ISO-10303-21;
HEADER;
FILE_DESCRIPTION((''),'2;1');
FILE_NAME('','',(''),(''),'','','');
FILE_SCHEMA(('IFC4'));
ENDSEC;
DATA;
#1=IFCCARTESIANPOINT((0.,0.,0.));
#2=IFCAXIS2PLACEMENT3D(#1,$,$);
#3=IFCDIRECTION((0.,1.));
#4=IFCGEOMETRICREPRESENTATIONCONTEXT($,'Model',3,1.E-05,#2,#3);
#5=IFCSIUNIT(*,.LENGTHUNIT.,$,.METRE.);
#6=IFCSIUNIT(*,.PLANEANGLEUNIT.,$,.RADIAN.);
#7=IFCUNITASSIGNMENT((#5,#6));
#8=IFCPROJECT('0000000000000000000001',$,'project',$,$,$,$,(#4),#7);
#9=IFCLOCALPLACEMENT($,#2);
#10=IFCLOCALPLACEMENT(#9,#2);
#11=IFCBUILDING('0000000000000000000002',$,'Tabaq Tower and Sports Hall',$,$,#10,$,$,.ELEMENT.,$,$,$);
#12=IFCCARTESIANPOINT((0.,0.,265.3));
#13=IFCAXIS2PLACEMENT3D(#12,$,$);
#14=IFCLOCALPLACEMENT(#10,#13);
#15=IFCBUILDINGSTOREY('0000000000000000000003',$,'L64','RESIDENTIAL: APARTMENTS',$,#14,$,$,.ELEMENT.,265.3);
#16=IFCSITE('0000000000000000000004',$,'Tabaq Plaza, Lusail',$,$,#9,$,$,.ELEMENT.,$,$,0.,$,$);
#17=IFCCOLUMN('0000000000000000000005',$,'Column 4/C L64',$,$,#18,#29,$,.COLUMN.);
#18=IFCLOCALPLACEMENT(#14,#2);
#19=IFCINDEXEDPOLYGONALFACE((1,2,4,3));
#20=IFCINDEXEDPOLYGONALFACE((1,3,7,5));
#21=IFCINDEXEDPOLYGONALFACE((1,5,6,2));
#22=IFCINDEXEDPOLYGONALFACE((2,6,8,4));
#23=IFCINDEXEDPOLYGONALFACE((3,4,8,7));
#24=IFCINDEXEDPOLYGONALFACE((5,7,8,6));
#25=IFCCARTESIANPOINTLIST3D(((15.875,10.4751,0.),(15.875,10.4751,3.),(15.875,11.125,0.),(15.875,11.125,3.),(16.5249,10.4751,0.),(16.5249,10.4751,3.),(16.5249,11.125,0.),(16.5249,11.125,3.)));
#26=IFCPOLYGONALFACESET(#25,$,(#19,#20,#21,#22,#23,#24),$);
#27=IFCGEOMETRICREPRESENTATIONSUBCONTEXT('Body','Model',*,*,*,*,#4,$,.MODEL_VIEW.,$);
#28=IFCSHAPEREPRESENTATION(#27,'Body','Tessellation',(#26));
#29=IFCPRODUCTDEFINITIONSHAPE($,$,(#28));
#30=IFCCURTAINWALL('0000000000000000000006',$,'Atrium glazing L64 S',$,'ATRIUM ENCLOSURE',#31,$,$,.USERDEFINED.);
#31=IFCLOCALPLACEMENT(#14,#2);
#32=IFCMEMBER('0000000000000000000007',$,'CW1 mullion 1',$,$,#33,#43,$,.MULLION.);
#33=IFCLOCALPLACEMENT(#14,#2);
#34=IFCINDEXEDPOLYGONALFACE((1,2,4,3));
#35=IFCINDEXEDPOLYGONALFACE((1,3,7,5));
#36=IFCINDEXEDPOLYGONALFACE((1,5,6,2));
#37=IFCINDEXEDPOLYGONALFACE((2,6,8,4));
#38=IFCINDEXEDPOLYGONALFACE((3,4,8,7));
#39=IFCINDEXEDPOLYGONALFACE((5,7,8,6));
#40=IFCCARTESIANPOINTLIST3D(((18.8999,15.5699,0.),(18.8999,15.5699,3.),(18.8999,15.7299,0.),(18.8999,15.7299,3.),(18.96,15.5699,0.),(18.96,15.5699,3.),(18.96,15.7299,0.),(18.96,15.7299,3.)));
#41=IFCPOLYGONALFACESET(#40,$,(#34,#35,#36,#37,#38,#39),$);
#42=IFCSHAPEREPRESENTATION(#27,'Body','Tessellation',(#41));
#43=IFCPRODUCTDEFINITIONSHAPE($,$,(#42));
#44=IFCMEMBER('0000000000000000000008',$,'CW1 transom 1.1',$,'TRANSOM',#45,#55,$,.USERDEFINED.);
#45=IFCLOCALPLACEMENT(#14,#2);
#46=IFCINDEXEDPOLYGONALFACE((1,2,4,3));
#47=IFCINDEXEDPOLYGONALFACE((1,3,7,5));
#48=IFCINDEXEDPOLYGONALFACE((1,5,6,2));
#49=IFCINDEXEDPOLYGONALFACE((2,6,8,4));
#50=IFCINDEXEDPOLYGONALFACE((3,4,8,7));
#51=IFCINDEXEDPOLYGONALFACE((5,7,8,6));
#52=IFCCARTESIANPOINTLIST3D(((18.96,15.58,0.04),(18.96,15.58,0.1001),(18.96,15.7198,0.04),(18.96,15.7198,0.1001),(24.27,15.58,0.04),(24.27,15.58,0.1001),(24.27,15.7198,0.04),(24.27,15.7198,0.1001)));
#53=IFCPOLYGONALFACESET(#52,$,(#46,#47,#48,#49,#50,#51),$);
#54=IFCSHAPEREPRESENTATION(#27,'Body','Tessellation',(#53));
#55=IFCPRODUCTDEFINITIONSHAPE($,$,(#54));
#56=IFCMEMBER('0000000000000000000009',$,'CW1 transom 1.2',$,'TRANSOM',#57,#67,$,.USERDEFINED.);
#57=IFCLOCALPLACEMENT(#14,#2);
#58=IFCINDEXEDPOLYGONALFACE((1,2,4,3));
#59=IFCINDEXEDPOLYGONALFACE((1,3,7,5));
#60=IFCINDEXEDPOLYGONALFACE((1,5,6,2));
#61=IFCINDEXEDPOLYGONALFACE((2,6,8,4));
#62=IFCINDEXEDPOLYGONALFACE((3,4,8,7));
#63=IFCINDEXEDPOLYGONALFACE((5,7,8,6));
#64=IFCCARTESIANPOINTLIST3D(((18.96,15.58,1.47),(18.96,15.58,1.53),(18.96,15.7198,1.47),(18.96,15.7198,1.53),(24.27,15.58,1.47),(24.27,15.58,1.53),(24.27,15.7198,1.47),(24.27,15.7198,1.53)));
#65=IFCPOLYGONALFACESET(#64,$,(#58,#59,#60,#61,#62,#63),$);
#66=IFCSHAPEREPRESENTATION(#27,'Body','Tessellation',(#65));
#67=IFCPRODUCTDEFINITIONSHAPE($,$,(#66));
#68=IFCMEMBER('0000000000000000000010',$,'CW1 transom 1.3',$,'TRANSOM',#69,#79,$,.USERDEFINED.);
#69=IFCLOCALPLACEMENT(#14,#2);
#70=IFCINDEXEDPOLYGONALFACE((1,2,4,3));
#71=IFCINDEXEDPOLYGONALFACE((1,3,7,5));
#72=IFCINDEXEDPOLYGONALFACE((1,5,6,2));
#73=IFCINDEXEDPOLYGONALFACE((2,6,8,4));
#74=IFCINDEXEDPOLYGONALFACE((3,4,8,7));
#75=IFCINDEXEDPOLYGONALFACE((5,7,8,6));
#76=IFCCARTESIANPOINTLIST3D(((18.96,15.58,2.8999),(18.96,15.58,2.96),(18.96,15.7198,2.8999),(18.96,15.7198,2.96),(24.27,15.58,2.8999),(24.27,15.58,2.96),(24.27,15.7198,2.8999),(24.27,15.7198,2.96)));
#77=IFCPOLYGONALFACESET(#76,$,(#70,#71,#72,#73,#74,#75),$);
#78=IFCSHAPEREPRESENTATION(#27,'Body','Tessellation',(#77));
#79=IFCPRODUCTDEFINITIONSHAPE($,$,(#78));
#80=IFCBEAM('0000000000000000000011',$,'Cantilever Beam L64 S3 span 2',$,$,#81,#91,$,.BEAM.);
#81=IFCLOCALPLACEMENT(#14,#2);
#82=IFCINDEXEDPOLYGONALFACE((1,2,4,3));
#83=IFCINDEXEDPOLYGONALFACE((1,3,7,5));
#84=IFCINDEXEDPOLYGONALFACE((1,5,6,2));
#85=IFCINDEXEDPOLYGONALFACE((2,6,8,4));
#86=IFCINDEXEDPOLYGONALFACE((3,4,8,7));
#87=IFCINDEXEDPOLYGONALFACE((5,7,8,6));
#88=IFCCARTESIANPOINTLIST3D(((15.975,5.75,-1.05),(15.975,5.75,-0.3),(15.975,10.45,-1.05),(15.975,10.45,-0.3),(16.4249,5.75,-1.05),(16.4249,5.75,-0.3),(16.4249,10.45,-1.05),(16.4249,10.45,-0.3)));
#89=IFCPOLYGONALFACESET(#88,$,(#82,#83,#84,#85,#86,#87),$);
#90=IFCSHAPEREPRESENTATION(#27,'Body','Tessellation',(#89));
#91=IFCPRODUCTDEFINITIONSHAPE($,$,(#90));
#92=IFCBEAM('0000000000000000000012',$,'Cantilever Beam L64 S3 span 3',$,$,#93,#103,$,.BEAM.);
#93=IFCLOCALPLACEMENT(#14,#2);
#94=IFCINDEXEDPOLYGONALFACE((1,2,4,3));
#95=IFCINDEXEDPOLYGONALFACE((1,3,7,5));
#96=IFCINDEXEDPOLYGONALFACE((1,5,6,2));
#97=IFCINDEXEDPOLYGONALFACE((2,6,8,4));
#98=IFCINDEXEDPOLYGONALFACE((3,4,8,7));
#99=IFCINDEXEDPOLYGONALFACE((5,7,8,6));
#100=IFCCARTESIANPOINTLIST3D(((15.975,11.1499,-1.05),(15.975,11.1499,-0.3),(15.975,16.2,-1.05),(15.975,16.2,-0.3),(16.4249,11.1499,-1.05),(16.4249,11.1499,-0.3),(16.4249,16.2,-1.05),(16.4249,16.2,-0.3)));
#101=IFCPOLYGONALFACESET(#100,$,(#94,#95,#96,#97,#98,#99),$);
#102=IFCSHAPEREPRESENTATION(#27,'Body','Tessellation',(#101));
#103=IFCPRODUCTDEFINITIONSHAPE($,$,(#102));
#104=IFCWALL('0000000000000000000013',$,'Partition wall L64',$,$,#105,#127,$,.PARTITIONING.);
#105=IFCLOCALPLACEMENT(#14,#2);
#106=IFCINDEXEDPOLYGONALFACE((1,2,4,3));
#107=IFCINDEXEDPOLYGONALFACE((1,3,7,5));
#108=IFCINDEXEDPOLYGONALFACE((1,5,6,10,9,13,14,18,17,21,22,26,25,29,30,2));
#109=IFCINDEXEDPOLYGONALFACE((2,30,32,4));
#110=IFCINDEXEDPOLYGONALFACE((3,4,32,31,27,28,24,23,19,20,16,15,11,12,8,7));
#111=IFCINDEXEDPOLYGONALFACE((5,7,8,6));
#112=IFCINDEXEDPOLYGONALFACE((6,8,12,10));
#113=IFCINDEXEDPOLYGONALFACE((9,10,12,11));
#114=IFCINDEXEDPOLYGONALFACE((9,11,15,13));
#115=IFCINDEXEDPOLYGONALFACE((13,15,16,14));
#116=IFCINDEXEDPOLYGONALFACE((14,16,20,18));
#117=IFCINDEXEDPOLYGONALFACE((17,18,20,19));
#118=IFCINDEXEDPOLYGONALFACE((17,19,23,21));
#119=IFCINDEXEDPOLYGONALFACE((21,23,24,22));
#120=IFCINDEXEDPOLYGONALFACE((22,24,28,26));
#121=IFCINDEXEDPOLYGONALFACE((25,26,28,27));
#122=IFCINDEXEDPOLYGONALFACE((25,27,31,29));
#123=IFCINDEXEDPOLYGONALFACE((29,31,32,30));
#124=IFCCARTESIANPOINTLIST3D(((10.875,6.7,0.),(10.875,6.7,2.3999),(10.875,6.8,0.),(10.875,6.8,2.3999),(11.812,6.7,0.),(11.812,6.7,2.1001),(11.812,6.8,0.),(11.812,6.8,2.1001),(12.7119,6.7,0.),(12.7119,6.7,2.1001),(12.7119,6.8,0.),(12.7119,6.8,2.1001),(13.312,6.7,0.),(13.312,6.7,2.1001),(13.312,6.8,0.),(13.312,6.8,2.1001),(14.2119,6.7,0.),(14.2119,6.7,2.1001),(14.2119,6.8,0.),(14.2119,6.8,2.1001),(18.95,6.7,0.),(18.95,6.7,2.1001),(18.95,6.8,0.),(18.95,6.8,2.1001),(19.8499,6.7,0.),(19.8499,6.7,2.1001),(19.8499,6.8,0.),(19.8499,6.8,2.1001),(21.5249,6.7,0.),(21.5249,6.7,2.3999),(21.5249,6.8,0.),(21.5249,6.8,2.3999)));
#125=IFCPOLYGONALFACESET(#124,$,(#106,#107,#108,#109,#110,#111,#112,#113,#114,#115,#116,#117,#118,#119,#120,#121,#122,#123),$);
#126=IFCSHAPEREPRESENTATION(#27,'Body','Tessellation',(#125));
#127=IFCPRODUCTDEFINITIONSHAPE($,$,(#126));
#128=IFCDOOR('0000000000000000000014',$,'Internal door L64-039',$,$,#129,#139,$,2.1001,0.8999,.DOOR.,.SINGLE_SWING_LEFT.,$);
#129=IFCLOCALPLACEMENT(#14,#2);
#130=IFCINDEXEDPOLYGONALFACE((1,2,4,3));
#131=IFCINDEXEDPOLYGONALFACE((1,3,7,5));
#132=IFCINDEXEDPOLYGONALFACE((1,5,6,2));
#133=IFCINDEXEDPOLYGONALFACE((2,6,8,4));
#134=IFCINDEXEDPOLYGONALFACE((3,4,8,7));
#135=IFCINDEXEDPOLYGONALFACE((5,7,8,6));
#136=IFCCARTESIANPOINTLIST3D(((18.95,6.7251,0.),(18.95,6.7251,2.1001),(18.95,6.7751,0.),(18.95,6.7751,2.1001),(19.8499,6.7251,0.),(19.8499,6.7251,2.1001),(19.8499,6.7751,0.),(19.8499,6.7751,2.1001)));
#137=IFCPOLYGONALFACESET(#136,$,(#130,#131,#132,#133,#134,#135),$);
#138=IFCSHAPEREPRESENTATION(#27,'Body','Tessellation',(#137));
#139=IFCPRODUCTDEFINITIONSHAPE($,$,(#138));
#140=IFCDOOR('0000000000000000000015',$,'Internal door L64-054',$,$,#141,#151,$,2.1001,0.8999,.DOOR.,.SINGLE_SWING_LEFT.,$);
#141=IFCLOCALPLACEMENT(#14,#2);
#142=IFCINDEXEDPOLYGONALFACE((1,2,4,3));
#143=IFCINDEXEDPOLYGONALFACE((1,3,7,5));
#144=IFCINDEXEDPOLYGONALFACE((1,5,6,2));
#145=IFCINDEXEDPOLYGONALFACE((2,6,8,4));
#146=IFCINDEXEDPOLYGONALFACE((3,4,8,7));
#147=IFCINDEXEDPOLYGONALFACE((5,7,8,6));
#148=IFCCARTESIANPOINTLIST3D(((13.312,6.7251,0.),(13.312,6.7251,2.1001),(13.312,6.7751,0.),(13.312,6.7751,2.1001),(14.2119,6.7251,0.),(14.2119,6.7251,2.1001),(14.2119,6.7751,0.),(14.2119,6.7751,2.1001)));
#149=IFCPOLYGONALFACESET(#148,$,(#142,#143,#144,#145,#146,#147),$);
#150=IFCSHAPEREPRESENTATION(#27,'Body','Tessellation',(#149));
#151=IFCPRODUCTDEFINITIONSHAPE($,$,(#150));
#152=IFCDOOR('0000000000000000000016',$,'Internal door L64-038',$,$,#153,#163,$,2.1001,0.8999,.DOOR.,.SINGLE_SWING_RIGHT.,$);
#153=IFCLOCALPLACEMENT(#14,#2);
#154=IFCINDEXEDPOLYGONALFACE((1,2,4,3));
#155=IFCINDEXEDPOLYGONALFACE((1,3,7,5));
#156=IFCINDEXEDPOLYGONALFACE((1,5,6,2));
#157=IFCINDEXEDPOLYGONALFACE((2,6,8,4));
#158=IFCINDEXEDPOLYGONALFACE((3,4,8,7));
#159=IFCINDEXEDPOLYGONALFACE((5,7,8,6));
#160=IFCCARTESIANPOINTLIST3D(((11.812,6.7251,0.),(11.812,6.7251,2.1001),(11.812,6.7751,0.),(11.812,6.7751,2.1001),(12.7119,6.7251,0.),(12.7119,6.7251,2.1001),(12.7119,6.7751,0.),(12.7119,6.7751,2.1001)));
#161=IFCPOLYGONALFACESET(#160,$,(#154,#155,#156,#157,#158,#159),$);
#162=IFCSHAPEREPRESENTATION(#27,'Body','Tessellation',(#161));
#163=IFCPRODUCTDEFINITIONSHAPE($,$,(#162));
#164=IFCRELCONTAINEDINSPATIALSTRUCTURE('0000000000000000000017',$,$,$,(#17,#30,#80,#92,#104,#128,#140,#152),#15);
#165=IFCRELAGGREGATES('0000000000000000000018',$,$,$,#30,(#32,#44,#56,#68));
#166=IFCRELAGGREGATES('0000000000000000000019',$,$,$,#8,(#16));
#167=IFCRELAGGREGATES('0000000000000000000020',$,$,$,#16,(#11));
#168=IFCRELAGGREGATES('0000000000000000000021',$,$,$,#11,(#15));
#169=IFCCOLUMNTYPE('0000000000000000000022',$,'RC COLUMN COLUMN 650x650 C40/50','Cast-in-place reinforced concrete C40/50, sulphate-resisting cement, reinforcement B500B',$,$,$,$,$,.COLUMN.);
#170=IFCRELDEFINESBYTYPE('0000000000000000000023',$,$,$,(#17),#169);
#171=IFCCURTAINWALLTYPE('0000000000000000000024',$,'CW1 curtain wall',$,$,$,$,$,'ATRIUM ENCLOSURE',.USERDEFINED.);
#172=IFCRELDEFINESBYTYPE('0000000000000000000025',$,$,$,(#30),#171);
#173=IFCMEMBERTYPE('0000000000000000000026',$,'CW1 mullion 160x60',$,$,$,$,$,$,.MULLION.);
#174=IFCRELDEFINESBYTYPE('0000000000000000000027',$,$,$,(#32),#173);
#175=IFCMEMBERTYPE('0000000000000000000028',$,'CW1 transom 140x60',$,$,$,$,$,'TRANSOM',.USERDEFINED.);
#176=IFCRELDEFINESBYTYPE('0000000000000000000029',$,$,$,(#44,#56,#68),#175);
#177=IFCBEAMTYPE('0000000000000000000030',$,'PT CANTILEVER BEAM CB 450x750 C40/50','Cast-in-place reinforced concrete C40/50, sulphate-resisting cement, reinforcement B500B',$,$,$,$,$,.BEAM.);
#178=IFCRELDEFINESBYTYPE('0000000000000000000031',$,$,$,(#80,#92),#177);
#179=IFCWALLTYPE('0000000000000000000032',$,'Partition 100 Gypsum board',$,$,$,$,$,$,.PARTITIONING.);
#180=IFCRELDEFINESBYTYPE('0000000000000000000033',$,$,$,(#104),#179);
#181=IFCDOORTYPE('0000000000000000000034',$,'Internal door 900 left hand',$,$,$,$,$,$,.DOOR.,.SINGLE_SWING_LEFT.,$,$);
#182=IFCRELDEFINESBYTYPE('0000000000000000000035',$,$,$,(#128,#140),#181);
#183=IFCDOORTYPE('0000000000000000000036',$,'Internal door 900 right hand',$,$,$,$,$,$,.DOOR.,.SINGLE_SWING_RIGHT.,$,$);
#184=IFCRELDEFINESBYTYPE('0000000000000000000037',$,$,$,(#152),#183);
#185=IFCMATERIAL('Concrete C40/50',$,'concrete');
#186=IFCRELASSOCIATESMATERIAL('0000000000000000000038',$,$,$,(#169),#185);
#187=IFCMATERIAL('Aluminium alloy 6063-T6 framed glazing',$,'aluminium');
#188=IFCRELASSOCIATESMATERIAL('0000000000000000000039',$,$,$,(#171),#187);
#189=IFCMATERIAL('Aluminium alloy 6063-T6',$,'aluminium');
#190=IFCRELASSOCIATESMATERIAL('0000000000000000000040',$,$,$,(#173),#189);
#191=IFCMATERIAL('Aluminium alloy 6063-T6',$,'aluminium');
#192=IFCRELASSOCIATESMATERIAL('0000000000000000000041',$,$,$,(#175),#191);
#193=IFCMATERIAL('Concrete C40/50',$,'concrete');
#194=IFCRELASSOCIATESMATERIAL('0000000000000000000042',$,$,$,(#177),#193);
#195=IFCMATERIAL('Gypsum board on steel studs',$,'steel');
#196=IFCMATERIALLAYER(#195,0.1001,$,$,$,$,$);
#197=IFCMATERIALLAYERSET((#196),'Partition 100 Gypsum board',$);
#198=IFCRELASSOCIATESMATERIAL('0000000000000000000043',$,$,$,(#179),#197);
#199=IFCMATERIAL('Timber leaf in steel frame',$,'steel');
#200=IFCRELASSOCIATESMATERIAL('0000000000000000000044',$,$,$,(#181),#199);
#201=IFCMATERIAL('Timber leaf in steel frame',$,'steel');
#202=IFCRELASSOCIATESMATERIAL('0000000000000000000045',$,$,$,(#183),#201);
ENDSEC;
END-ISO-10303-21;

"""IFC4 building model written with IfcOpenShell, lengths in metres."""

from ifc_helpers import new_model, si_unit, direction, frame, frame_2d, origin, origin_2d, place, context, subcontext, project, spatial, rectangle, extrude, material, layer, layer_set, material_profile, profile_set, type_object, element, fill, aggregate, save


model = new_model("IFC4")

# Units and contexts
model_context = context("Model", 3, precision=1e-05, world=origin(), true_north=direction((0.0, 1.0)))
body_context = subcontext(model_context, "Body", "Model", "MODEL_VIEW")
ifc_project = project(units=[si_unit("LENGTHUNIT", "METRE"), si_unit("PLANEANGLEUNIT", "RADIAN")], contexts=[model_context])

# Site, building, storey
site_placement = place(None, origin())
site = spatial("IfcSite", under=ifc_project, at=site_placement, Name="Tabaq Plaza, Lusail", CompositionType="ELEMENT", RefElevation=0.0)
building_placement = place(site_placement, origin())
building = spatial("IfcBuilding", under=site, at=building_placement, Name="Tabaq Tower and Sports Hall", CompositionType="ELEMENT")
storey_placement = place(building_placement, frame((0.0, 0.0, 265.3)))
storey = spatial("IfcBuildingStorey", under=building, at=storey_placement, Name="L64", Description="RESIDENTIAL: APARTMENTS", CompositionType="ELEMENT", Elevation=265.3)

# Column
ifc_material_1 = material(Name="Concrete C40/50", Category="concrete")
ifc_material_profile_1 = material_profile(ifc_material_1, rectangle(XDim=0.6499, YDim=0.6499, at=origin_2d()), Name="COLUMN 650x650")
ifc_profile_set_1 = profile_set([ifc_material_profile_1], Name="Concrete C40/50")
column_type = type_object("IfcColumnType", Name="RC COLUMN COLUMN 650x650 C40/50", Description="Cast-in-place reinforced concrete C40/50, sulphate-resisting cement, reinforcement B500B", PredefinedType="COLUMN", material=ifc_profile_set_1)
column_placement = place(storey_placement, frame((16.2, 10.8, 0.0), z_axis=(0.0, 0.0, 1.0), x_axis=(1.0, 0.0, 0.0)))
element("IfcColumn", 1, at=column_placement, inside=storey, type_object=column_type, Name="Column 4/C L64", PredefinedType="COLUMN", context=body_context, shape_type="SweptSolid", body=[
    extrude(rectangle(XDim=0.6499, YDim=0.6499, at=origin_2d()), origin(), (0.0, 0.0, 1.0), 3.0),
])

# Curtain wall, members
ifc_material_2 = material(Name="Aluminium alloy 6063-T6 framed glazing", Category="aluminium")
curtain_wall_type = type_object("IfcCurtainWallType", Name="CW1 curtain wall", ElementType="ATRIUM ENCLOSURE", PredefinedType="USERDEFINED", material=ifc_material_2)
curtain_wall_placement = place(storey_placement, origin())
curtain_wall = element("IfcCurtainWall", 2, at=curtain_wall_placement, inside=storey, type_object=curtain_wall_type, Name="Atrium glazing L64 S", ObjectType="ATRIUM ENCLOSURE", PredefinedType="USERDEFINED")
ifc_material_3 = material(Name="Aluminium alloy 6063-T6", Category="aluminium")
ifc_material_profile_2 = material_profile(ifc_material_3, rectangle(XDim=0.1599, YDim=0.0601, at=origin_2d()), Name="MULLION 160x60")
ifc_profile_set_2 = profile_set([ifc_material_profile_2], Name="Aluminium alloy 6063-T6")
member_type_1 = type_object("IfcMemberType", Name="CW1 mullion 160x60", PredefinedType="MULLION", material=ifc_profile_set_2)
member_1_placement = place(storey_placement, frame((18.9299, 15.6499, 0.0), z_axis=(0.0, 0.0, 1.0), x_axis=(0.0, 1.0, 0.0)))
member_1 = element("IfcMember", 3, at=member_1_placement, type_object=member_type_1, Name="CW1 mullion 1", PredefinedType="MULLION", context=body_context, shape_type="SweptSolid", body=[
    extrude(rectangle(XDim=0.1599, YDim=0.0601, at=origin_2d()), origin(), (0.0, 0.0, 1.0), 3.0),
])
ifc_material_4 = material(Name="Aluminium alloy 6063-T6", Category="aluminium")
ifc_material_profile_3 = material_profile(ifc_material_4, rectangle(XDim=0.1399, YDim=0.0601, at=origin_2d()), Name="TRANSOM 140x60")
ifc_profile_set_3 = profile_set([ifc_material_profile_3], Name="Aluminium alloy 6063-T6")
member_type_2 = type_object("IfcMemberType", Name="CW1 transom 140x60", ElementType="TRANSOM", PredefinedType="USERDEFINED", material=ifc_profile_set_3)
member_2_placement = place(storey_placement, frame((18.96, 15.6499, 0.0701), z_axis=(1.0, 0.0, 0.0), x_axis=(0.0, 1.0, 0.0)))
member_2 = element("IfcMember", 4, at=member_2_placement, type_object=member_type_2, Name="CW1 transom 1.1", ObjectType="TRANSOM", PredefinedType="USERDEFINED", context=body_context, shape_type="SweptSolid", body=[
    extrude(rectangle(XDim=0.1399, YDim=0.0601, at=origin_2d()), origin(), (0.0, 0.0, 1.0), 5.3101),
])
member_3_placement = place(storey_placement, frame((18.96, 15.6499, 1.5), z_axis=(1.0, 0.0, 0.0), x_axis=(0.0, 1.0, 0.0)))
member_3 = element("IfcMember", 5, at=member_3_placement, type_object=member_type_2, Name="CW1 transom 1.2", ObjectType="TRANSOM", PredefinedType="USERDEFINED", context=body_context, shape_type="SweptSolid", body=[
    extrude(rectangle(XDim=0.1399, YDim=0.0601, at=origin_2d()), origin(), (0.0, 0.0, 1.0), 5.3101),
])
member_4_placement = place(storey_placement, frame((18.96, 15.6499, 2.9299), z_axis=(1.0, 0.0, 0.0), x_axis=(0.0, 1.0, 0.0)))
member_4 = element("IfcMember", 6, at=member_4_placement, type_object=member_type_2, Name="CW1 transom 1.3", ObjectType="TRANSOM", PredefinedType="USERDEFINED", context=body_context, shape_type="SweptSolid", body=[
    extrude(rectangle(XDim=0.1399, YDim=0.0601, at=origin_2d()), origin(), (0.0, 0.0, 1.0), 5.3101),
])
aggregate(curtain_wall, [member_1, member_2, member_3, member_4])

# Beams
ifc_material_5 = material(Name="Concrete C40/50", Category="concrete")
ifc_material_profile_4 = material_profile(ifc_material_5, rectangle(XDim=0.45, YDim=0.75, at=origin_2d()), Name="CB 450x750")
ifc_profile_set_4 = profile_set([ifc_material_profile_4], Name="Concrete C40/50")
beam_type = type_object("IfcBeamType", Name="PT CANTILEVER BEAM CB 450x750 C40/50", Description="Cast-in-place reinforced concrete C40/50, sulphate-resisting cement, reinforcement B500B", PredefinedType="BEAM", material=ifc_profile_set_4)
beam_1_placement = place(storey_placement, frame((16.2, 5.75, -0.675), z_axis=(0.0, 1.0, 0.0), x_axis=(-1.0, 0.0, 0.0)))
element("IfcBeam", 7, at=beam_1_placement, inside=storey, type_object=beam_type, Name="Cantilever Beam L64 S3 span 2", PredefinedType="BEAM", context=body_context, shape_type="SweptSolid", body=[
    extrude(rectangle(XDim=0.45, YDim=0.75, at=origin_2d()), origin(), (0.0, 0.0, 1.0), 4.7),
])
beam_2_placement = place(storey_placement, frame((16.2, 11.1499, -0.675), z_axis=(0.0, 1.0, 0.0), x_axis=(-1.0, 0.0, 0.0)))
element("IfcBeam", 8, at=beam_2_placement, inside=storey, type_object=beam_type, Name="Cantilever Beam L64 S3 span 3", PredefinedType="BEAM", context=body_context, shape_type="SweptSolid", body=[
    extrude(rectangle(XDim=0.45, YDim=0.75, at=origin_2d()), origin(), (0.0, 0.0, 1.0), 5.05),
])

# Wall, openings, doors
ifc_material_6 = material(Name="Gypsum board on steel studs", Category="steel")
ifc_layer = layer(ifc_material_6, 0.1001)
ifc_layer_set = layer_set([ifc_layer], Name="Partition 100 Gypsum board")
wall_type = type_object("IfcWallType", Name="Partition 100 Gypsum board", PredefinedType="PARTITIONING", material=ifc_layer_set)
wall_1_placement = place(storey_placement, frame((21.5249, 6.75, 0.0), z_axis=(0.0, 0.0, 1.0), x_axis=(-1.0, 0.0, 0.0)))
wall_1 = element("IfcWall", 9, at=wall_1_placement, inside=storey, type_object=wall_type, Name="Partition wall L64", PredefinedType="PARTITIONING", context=body_context, shape_type="SweptSolid", body=[
    extrude(rectangle(XDim=10.6499, YDim=0.1001, at=frame_2d((5.325, 0.0))), origin(), (0.0, 0.0, 1.0), 2.3999),
])
opening_1_placement = place(wall_1_placement, frame((8.813, 0.0, 0.0)))
opening_1 = element("IfcOpeningElement", 10, at=opening_1_placement, cuts=wall_1, PredefinedType="OPENING", context=body_context, shape_type="SweptSolid", body=[
    extrude(rectangle(XDim=0.8999, YDim=2.1001, at=frame_2d((0.45, 1.05))), frame((0.0, 0.05, 0.0), z_axis=(0.0, -1.0, 0.0), x_axis=(1.0, 0.0, 0.0)), (0.0, 0.0, 1.0), 0.1001),
])
opening_2_placement = place(wall_1_placement, frame((1.675, 0.0, 0.0)))
opening_2 = element("IfcOpeningElement", 11, at=opening_2_placement, cuts=wall_1, PredefinedType="OPENING", context=body_context, shape_type="SweptSolid", body=[
    extrude(rectangle(XDim=0.8999, YDim=2.1001, at=frame_2d((0.45, 1.05))), frame((0.0, 0.05, 0.0), z_axis=(0.0, -1.0, 0.0), x_axis=(1.0, 0.0, 0.0)), (0.0, 0.0, 1.0), 0.1001),
])
opening_3_placement = place(wall_1_placement, frame((7.313, 0.0, 0.0)))
opening_3 = element("IfcOpeningElement", 12, at=opening_3_placement, cuts=wall_1, PredefinedType="OPENING", context=body_context, shape_type="SweptSolid", body=[
    extrude(rectangle(XDim=0.8999, YDim=2.1001, at=frame_2d((0.45, 1.05))), frame((0.0, 0.05, 0.0), z_axis=(0.0, -1.0, 0.0), x_axis=(1.0, 0.0, 0.0)), (0.0, 0.0, 1.0), 0.1001),
])
ifc_material_7 = material(Name="Timber leaf in steel frame", Category="steel")
door_type_1 = type_object("IfcDoorType", Name="Internal door 900 left hand", OperationType="SINGLE_SWING_LEFT", PredefinedType="DOOR", material=ifc_material_7)
door_1_placement = place(opening_2_placement, origin())
door_1 = element("IfcDoor", 13, at=door_1_placement, inside=storey, type_object=door_type_1, Name="Internal door L64-039", OperationType="SINGLE_SWING_LEFT", OverallHeight=2.1001, OverallWidth=0.8999, PredefinedType="DOOR", context=body_context, shape_type="SweptSolid", body=[
    extrude(rectangle(XDim=0.8999, YDim=2.1001, at=frame_2d((0.45, 1.05))), frame((0.0, 0.0249, 0.0), z_axis=(0.0, -1.0, 0.0), x_axis=(1.0, 0.0, 0.0)), (0.0, 0.0, 1.0), 0.05),
])
fill(opening_2, door_1)
door_2_placement = place(opening_3_placement, origin())
door_2 = element("IfcDoor", 14, at=door_2_placement, inside=storey, type_object=door_type_1, Name="Internal door L64-054", OperationType="SINGLE_SWING_LEFT", OverallHeight=2.1001, OverallWidth=0.8999, PredefinedType="DOOR", context=body_context, shape_type="SweptSolid", body=[
    extrude(rectangle(XDim=0.8999, YDim=2.1001, at=frame_2d((0.45, 1.05))), frame((0.0, 0.0249, 0.0), z_axis=(0.0, -1.0, 0.0), x_axis=(1.0, 0.0, 0.0)), (0.0, 0.0, 1.0), 0.05),
])
fill(opening_3, door_2)
ifc_material_8 = material(Name="Timber leaf in steel frame", Category="steel")
door_type_2 = type_object("IfcDoorType", Name="Internal door 900 right hand", OperationType="SINGLE_SWING_RIGHT", PredefinedType="DOOR", material=ifc_material_8)
door_3_placement = place(opening_1_placement, origin())
door_3 = element("IfcDoor", 15, at=door_3_placement, inside=storey, type_object=door_type_2, Name="Internal door L64-038", OperationType="SINGLE_SWING_RIGHT", OverallHeight=2.1001, OverallWidth=0.8999, PredefinedType="DOOR", context=body_context, shape_type="SweptSolid", body=[
    extrude(rectangle(XDim=0.8999, YDim=2.1001, at=frame_2d((0.45, 1.05))), frame((0.0, 0.0249, 0.0), z_axis=(0.0, -1.0, 0.0), x_axis=(1.0, 0.0, 0.0)), (0.0, 0.0, 1.0), 0.05),
])
fill(opening_1, door_3)

save(model, "model.ifc")
